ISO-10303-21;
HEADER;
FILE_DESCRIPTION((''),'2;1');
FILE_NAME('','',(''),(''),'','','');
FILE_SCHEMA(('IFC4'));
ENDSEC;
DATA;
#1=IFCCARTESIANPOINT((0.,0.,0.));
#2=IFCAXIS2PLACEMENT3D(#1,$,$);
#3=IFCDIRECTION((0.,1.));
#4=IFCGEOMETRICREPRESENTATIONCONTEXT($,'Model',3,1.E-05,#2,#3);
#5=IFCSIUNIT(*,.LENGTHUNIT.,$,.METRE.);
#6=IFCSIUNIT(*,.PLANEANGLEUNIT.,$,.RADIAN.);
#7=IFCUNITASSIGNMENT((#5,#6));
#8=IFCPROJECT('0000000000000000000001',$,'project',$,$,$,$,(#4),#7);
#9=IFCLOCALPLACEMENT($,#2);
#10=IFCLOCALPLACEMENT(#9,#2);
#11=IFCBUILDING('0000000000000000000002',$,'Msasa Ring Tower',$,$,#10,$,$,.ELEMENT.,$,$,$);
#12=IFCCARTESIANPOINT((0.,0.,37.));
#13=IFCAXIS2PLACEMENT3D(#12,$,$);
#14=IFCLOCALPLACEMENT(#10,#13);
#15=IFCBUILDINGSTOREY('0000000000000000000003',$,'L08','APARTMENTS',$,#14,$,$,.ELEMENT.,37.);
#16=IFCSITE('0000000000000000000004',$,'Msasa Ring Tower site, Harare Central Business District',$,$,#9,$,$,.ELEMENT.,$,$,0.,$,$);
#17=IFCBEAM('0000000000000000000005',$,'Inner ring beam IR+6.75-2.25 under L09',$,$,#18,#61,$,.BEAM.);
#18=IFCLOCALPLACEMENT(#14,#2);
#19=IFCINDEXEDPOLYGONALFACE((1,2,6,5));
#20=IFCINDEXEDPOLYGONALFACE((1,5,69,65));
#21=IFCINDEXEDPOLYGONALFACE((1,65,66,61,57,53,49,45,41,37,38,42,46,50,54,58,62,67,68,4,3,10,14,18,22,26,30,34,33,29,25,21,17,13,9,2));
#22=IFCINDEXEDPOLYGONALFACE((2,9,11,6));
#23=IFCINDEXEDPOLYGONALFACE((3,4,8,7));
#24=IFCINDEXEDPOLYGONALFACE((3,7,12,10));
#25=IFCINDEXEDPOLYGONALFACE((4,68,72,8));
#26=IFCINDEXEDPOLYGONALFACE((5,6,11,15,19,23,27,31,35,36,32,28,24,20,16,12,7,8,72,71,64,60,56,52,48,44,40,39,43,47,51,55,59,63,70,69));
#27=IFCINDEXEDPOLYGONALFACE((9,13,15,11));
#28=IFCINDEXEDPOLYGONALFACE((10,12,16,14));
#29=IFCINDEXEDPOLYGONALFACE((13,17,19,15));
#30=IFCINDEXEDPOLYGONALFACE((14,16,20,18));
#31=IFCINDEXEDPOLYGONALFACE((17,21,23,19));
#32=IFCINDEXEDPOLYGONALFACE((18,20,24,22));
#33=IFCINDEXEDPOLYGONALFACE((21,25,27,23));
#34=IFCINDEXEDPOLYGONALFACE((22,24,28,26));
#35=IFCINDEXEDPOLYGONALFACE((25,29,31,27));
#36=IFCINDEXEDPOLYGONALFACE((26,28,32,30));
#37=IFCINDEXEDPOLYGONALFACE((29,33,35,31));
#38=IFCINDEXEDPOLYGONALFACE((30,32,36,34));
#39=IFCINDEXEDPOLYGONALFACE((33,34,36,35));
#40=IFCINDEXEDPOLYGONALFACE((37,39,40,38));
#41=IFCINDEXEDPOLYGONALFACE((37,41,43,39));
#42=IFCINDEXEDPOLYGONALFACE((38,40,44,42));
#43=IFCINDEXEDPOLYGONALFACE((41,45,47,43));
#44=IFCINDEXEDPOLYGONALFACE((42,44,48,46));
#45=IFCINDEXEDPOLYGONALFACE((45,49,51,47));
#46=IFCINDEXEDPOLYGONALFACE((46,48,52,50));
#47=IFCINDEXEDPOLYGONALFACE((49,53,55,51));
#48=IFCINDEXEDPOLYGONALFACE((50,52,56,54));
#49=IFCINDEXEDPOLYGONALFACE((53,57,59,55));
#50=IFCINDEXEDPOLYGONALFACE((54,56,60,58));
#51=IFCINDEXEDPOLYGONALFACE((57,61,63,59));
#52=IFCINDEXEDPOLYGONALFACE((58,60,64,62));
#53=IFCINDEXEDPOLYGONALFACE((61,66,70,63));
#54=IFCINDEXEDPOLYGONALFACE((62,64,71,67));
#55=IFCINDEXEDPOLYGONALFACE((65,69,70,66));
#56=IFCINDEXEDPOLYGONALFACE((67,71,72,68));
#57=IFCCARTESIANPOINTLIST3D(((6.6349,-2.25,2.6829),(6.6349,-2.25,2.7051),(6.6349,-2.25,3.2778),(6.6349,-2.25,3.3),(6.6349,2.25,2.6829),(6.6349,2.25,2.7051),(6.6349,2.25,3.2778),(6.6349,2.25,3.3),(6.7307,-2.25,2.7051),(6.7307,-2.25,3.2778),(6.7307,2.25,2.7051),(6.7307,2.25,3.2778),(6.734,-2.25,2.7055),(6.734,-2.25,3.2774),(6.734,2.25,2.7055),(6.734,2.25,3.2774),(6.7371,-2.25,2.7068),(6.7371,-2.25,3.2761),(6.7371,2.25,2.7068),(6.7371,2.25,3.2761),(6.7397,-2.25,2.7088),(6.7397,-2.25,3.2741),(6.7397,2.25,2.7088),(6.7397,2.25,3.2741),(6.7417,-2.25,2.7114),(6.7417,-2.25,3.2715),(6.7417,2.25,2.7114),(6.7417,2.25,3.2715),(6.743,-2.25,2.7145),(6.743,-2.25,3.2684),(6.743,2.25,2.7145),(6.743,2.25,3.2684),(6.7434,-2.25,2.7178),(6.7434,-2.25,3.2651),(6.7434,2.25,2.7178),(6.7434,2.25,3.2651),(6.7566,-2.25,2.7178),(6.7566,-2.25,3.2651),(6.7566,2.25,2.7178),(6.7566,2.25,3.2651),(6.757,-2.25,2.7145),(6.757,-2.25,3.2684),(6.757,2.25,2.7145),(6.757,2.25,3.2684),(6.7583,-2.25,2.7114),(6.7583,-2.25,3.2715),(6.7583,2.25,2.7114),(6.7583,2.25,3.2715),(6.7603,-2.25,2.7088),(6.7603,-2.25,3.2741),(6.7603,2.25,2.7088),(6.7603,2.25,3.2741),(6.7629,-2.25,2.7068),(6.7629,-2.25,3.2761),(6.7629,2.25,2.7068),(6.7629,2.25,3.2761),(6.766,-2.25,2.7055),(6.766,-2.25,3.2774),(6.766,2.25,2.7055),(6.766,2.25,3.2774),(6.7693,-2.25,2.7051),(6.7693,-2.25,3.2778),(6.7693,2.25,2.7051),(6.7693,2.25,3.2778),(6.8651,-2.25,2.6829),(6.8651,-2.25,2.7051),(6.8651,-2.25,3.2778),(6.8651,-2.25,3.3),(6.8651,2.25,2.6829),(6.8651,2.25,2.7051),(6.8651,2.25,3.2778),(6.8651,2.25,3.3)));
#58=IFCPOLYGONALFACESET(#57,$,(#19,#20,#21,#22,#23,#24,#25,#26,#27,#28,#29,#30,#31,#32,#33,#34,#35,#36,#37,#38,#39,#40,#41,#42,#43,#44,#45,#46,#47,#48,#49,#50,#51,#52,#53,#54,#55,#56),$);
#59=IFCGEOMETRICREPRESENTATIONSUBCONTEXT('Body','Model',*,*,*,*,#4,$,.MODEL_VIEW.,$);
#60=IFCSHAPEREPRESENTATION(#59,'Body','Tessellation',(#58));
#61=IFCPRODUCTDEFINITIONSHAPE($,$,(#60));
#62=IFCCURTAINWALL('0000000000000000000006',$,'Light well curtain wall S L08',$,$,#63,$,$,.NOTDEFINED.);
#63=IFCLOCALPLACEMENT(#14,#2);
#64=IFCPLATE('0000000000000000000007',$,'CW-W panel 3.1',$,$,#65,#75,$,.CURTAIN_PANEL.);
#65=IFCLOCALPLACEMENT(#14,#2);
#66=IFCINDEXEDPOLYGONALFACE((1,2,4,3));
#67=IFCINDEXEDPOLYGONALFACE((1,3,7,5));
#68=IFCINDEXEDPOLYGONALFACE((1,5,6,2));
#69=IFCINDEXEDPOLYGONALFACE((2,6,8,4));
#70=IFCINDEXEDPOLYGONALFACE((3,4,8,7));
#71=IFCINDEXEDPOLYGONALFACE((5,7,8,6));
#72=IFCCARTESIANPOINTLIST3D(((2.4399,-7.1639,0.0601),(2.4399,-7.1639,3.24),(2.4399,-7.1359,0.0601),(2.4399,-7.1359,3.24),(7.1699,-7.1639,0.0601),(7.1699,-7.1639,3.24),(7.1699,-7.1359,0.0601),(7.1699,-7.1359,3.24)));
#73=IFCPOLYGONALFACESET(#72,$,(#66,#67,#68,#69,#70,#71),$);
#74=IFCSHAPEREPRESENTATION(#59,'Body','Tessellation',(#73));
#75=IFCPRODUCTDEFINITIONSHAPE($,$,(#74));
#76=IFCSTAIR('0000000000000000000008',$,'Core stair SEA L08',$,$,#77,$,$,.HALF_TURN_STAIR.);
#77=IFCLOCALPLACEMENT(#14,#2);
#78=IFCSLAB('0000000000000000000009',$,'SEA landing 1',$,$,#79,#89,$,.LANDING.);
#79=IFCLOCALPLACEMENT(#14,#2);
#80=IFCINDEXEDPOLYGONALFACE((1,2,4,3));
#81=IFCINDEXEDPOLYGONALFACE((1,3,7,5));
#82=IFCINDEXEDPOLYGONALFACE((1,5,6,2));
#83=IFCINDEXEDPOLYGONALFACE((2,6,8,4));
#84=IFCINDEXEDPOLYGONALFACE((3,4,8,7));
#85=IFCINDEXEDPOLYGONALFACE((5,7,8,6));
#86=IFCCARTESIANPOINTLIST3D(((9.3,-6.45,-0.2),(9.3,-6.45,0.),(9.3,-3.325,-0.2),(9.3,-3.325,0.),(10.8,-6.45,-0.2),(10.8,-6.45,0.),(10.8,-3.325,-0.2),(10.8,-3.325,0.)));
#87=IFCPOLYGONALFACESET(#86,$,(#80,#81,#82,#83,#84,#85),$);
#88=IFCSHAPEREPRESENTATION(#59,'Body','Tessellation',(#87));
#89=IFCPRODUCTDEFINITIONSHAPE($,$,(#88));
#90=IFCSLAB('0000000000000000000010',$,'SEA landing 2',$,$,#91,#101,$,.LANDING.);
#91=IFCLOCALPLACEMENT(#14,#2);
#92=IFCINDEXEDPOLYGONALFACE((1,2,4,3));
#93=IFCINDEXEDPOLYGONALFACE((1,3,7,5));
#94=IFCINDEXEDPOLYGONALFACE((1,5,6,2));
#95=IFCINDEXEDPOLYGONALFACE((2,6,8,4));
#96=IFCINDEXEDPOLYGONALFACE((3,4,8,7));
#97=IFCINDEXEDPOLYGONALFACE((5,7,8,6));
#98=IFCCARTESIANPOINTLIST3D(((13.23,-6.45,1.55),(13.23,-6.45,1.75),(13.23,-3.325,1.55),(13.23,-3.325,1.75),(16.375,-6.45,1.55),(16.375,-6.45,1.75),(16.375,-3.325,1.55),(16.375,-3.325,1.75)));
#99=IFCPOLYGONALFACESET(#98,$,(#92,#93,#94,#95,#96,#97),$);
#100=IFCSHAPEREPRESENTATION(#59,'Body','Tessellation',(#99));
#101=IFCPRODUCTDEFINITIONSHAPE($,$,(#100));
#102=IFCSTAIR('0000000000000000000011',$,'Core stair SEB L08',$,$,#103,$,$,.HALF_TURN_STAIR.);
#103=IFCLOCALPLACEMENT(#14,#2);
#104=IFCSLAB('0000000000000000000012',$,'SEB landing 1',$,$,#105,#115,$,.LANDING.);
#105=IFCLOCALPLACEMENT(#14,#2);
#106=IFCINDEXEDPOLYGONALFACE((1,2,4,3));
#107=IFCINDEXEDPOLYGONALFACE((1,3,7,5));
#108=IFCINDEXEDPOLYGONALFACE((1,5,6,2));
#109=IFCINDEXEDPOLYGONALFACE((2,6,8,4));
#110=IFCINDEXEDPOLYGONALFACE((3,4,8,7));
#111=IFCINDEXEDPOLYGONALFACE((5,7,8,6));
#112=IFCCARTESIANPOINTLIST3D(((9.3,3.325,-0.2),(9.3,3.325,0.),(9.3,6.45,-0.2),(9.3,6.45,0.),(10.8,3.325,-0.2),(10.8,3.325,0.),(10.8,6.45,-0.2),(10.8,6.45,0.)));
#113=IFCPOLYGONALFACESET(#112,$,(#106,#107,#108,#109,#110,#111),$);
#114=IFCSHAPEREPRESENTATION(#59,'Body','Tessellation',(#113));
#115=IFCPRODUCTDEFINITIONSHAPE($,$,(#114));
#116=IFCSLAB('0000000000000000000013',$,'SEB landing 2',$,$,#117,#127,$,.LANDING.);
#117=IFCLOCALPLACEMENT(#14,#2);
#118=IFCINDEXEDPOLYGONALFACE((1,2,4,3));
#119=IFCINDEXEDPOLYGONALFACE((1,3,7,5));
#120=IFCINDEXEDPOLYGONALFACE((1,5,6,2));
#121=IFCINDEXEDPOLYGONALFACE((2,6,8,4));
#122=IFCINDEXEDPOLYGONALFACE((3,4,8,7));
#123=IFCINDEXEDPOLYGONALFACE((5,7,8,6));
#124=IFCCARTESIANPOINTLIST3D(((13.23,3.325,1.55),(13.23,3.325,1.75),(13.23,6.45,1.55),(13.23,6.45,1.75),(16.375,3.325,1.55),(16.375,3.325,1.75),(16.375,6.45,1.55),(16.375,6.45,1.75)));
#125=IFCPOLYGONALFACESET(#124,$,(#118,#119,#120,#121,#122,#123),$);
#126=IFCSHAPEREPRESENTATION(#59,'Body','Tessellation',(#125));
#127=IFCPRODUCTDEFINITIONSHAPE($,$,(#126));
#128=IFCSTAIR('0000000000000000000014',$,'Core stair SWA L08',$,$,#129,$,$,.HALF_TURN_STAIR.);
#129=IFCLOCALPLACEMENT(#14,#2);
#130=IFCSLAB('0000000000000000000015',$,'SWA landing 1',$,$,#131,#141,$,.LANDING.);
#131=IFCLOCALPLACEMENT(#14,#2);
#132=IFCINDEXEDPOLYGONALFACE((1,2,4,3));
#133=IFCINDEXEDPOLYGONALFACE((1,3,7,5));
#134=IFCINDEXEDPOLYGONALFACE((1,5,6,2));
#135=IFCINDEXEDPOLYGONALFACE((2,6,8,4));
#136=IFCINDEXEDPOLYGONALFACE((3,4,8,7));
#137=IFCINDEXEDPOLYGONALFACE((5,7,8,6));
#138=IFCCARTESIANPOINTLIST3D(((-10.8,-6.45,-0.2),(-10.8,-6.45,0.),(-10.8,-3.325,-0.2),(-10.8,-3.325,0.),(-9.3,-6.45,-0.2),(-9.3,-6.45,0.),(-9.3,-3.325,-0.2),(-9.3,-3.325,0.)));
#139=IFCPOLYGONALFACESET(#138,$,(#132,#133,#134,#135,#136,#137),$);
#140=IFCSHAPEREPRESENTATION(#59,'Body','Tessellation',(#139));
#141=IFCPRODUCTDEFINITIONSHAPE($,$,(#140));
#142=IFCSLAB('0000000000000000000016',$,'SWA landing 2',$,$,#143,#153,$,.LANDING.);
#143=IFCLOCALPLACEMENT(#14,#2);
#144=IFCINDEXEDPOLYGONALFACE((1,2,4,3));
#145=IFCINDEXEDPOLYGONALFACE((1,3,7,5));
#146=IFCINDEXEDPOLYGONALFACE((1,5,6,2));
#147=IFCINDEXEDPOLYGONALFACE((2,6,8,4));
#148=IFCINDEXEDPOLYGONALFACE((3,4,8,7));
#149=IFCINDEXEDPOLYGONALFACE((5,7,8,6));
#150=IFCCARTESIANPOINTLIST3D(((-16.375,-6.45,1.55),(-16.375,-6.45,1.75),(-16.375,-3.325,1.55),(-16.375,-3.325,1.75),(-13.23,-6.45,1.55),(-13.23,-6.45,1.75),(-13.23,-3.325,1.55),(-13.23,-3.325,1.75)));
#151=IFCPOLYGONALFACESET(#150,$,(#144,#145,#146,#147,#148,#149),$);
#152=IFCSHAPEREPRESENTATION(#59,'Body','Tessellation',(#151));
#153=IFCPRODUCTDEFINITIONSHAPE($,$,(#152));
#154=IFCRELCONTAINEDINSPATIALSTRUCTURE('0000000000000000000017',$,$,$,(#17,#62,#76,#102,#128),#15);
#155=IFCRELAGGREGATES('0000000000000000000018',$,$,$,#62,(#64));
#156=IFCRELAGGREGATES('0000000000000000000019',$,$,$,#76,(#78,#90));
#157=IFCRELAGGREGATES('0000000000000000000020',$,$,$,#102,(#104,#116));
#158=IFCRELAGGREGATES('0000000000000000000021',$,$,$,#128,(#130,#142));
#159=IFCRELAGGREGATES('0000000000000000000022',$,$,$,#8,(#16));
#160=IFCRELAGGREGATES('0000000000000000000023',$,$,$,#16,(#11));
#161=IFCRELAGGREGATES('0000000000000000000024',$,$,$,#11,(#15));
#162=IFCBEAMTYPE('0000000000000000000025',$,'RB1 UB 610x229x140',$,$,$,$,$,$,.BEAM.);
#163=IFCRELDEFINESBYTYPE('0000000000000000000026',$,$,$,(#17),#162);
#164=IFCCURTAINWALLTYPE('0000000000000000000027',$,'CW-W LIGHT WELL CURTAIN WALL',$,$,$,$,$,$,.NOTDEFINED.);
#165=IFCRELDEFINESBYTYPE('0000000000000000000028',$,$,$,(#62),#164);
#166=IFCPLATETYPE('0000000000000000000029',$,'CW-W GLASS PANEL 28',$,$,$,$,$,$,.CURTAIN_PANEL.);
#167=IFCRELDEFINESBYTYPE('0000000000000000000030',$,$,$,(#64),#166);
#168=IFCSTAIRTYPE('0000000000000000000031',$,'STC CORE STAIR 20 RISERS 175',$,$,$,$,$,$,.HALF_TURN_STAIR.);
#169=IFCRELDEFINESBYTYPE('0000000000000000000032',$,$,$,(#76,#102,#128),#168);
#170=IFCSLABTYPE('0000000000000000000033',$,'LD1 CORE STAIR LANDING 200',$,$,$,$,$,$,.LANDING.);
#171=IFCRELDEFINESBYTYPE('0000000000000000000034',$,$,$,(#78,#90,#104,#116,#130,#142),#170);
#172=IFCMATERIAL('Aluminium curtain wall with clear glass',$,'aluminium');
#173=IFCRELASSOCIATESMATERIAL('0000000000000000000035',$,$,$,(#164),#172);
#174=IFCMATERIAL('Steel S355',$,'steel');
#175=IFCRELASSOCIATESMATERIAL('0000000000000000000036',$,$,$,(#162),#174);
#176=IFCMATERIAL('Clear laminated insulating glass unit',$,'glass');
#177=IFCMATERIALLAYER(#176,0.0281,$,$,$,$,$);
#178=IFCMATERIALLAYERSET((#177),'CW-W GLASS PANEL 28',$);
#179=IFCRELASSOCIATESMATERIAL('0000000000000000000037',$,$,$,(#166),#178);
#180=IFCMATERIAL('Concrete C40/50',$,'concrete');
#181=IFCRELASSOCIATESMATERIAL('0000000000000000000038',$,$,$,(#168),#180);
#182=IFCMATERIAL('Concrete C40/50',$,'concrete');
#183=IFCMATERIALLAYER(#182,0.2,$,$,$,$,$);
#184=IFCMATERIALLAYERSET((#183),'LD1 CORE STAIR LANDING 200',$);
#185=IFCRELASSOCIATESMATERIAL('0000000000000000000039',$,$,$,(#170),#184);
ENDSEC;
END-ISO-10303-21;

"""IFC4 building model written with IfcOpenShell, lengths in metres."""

from ifc_helpers import new_model, si_unit, direction, frame, origin, origin_2d, place, context, subcontext, project, spatial, polyline, rectangle, i_section, outline, extrude, material, layer, layer_set, material_profile, profile_set, type_object, element, aggregate, save


model = new_model("IFC4")

# Units and contexts
model_context = context("Model", 3, precision=1e-05, world=origin(), true_north=direction((0.0, 1.0)))
body_context = subcontext(model_context, "Body", "Model", "MODEL_VIEW")
ifc_project = project(units=[si_unit("LENGTHUNIT", "METRE"), si_unit("PLANEANGLEUNIT", "RADIAN")], contexts=[model_context])

# Site, building, storey
site_placement = place(None, origin())
site = spatial("IfcSite", under=ifc_project, at=site_placement, Name="Msasa Ring Tower site, Harare Central Business District", CompositionType="ELEMENT", RefElevation=0.0)
building_placement = place(site_placement, origin())
building = spatial("IfcBuilding", under=site, at=building_placement, Name="Msasa Ring Tower", CompositionType="ELEMENT")
storey_placement = place(building_placement, frame((0.0, 0.0, 37.0)))
storey = spatial("IfcBuildingStorey", under=building, at=storey_placement, Name="L08", Description="APARTMENTS", CompositionType="ELEMENT", Elevation=37.0)

# Shared definitions
ifc_material_1 = material(Name="Aluminium curtain wall with clear glass", Category="aluminium")
curtain_wall_type = type_object("IfcCurtainWallType", Name="CW-W LIGHT WELL CURTAIN WALL", PredefinedType="NOTDEFINED", material=ifc_material_1)

# Beam
ifc_material_2 = material(Name="Steel S355", Category="steel")
ifc_material_profile_1 = material_profile(ifc_material_2, i_section(OverallWidth=0.2302, OverallDepth=0.6172, WebThickness=0.0132, FlangeThickness=0.0222, FilletRadius=0.0127, at=origin_2d()), Name="UB 610x229x140")
ifc_profile_set_1 = profile_set([ifc_material_profile_1], Name="Steel S355")
beam_type = type_object("IfcBeamType", Name="RB1 UB 610x229x140", PredefinedType="BEAM", material=ifc_profile_set_1)
for number, where, z_axis, x_axis, name in (
    (1, (6.75, -2.25, 2.9915), (0.0, 1.0, 0.0), (-1.0, 0.0, 0.0), "Inner ring beam IR+6.75-2.25 under L09"),
):
    element("IfcBeam", number, at=place(storey_placement, frame(where, z_axis=z_axis, x_axis=x_axis)), inside=storey, type_object=beam_type, Name=name, PredefinedType="BEAM", context=body_context, shape_type="SweptSolid", body=[
        extrude(i_section(OverallWidth=0.2302, OverallDepth=0.6172, WebThickness=0.0132, FlangeThickness=0.0222, FilletRadius=0.0127, at=origin_2d()), origin(), (0.0, 0.0, 1.0), 4.5),
    ])

# Curtain wall, plate
curtain_wall_1_placement = place(storey_placement, origin())
curtain_wall_1 = element("IfcCurtainWall", 2, at=curtain_wall_1_placement, inside=storey, type_object=curtain_wall_type, Name="Light well curtain wall S L08", PredefinedType="NOTDEFINED")
ifc_material_3 = material(Name="Clear laminated insulating glass unit", Category="glass")
ifc_layer_1 = layer(ifc_material_3, 0.0281)
ifc_layer_set_1 = layer_set([ifc_layer_1], Name="CW-W GLASS PANEL 28")
plate_type = type_object("IfcPlateType", Name="CW-W GLASS PANEL 28", PredefinedType="CURTAIN_PANEL", material=ifc_layer_set_1)
plate_placement = place(storey_placement, frame((4.8049, -7.1499, 0.0601), z_axis=(0.0, 0.0, 1.0), x_axis=(1.0, 0.0, 0.0)))
plate = element("IfcPlate", 3, at=plate_placement, type_object=plate_type, Name="CW-W panel 3.1", PredefinedType="CURTAIN_PANEL", context=body_context, shape_type="SweptSolid", body=[
    extrude(rectangle(XDim=4.73, YDim=0.0281, at=origin_2d()), origin(), (0.0, 0.0, 1.0), 3.1799),
])
aggregate(curtain_wall_1, [plate])

# Stairs, slabs
ifc_material_4 = material(Name="Concrete C40/50", Category="concrete")
stair_type = type_object("IfcStairType", Name="STC CORE STAIR 20 RISERS 175", PredefinedType="HALF_TURN_STAIR", material=ifc_material_4)
stair_1_placement = place(storey_placement, origin())
stair_1 = element("IfcStair", 4, at=stair_1_placement, inside=storey, type_object=stair_type, Name="Core stair SEA L08", PredefinedType="HALF_TURN_STAIR")
ifc_material_5 = material(Name="Concrete C40/50", Category="concrete")
ifc_layer_2 = layer(ifc_material_5, 0.2)
ifc_layer_set_2 = layer_set([ifc_layer_2], Name="LD1 CORE STAIR LANDING 200")
slab_type = type_object("IfcSlabType", Name="LD1 CORE STAIR LANDING 200", PredefinedType="LANDING", material=ifc_layer_set_2)
slab_1_placement = place(storey_placement, frame((0.0, 0.0, -0.2)))
slab_1 = element("IfcSlab", 5, at=slab_1_placement, type_object=slab_type, Name="SEA landing 1", PredefinedType="LANDING", context=body_context, shape_type="SweptSolid", body=[
    extrude(outline(polyline([(9.3, -6.45), (10.8, -6.45), (10.8, -3.325), (9.3, -3.325), (9.3, -6.45)])), origin(), (0.0, 0.0, 1.0), 0.2),
])
slab_2_placement = place(storey_placement, frame((0.0, 0.0, 1.55)))
slab_2 = element("IfcSlab", 6, at=slab_2_placement, type_object=slab_type, Name="SEA landing 2", PredefinedType="LANDING", context=body_context, shape_type="SweptSolid", body=[
    extrude(outline(polyline([(13.23, -6.45), (16.375, -6.45), (16.375, -3.325), (13.23, -3.325), (13.23, -6.45)])), origin(), (0.0, 0.0, 1.0), 0.2),
])
aggregate(stair_1, [slab_1, slab_2])
stair_2_placement = place(storey_placement, origin())
stair_2 = element("IfcStair", 7, at=stair_2_placement, inside=storey, type_object=stair_type, Name="Core stair SEB L08", PredefinedType="HALF_TURN_STAIR")
slab_3_placement = place(storey_placement, frame((0.0, 0.0, -0.2)))
slab_3 = element("IfcSlab", 8, at=slab_3_placement, type_object=slab_type, Name="SEB landing 1", PredefinedType="LANDING", context=body_context, shape_type="SweptSolid", body=[
    extrude(outline(polyline([(9.3, 3.325), (10.8, 3.325), (10.8, 6.45), (9.3, 6.45), (9.3, 3.325)])), origin(), (0.0, 0.0, 1.0), 0.2),
])
slab_4_placement = place(storey_placement, frame((0.0, 0.0, 1.55)))
slab_4 = element("IfcSlab", 9, at=slab_4_placement, type_object=slab_type, Name="SEB landing 2", PredefinedType="LANDING", context=body_context, shape_type="SweptSolid", body=[
    extrude(outline(polyline([(13.23, 3.325), (16.375, 3.325), (16.375, 6.45), (13.23, 6.45), (13.23, 3.325)])), origin(), (0.0, 0.0, 1.0), 0.2),
])
aggregate(stair_2, [slab_3, slab_4])
stair_3_placement = place(storey_placement, origin())
stair_3 = element("IfcStair", 10, at=stair_3_placement, inside=storey, type_object=stair_type, Name="Core stair SWA L08", PredefinedType="HALF_TURN_STAIR")
slab_5_placement = place(storey_placement, frame((0.0, 0.0, -0.2)))
slab_5 = element("IfcSlab", 11, at=slab_5_placement, type_object=slab_type, Name="SWA landing 1", PredefinedType="LANDING", context=body_context, shape_type="SweptSolid", body=[
    extrude(outline(polyline([(-10.8, -6.45), (-9.3, -6.45), (-9.3, -3.325), (-10.8, -3.325), (-10.8, -6.45)])), origin(), (0.0, 0.0, 1.0), 0.2),
])
slab_6_placement = place(storey_placement, frame((0.0, 0.0, 1.55)))
slab_6 = element("IfcSlab", 12, at=slab_6_placement, type_object=slab_type, Name="SWA landing 2", PredefinedType="LANDING", context=body_context, shape_type="SweptSolid", body=[
    extrude(outline(polyline([(-16.375, -6.45), (-13.23, -6.45), (-13.23, -3.325), (-16.375, -3.325), (-16.375, -6.45)])), origin(), (0.0, 0.0, 1.0), 0.2),
])
aggregate(stair_3, [slab_5, slab_6])

save(model, "model.ifc")
